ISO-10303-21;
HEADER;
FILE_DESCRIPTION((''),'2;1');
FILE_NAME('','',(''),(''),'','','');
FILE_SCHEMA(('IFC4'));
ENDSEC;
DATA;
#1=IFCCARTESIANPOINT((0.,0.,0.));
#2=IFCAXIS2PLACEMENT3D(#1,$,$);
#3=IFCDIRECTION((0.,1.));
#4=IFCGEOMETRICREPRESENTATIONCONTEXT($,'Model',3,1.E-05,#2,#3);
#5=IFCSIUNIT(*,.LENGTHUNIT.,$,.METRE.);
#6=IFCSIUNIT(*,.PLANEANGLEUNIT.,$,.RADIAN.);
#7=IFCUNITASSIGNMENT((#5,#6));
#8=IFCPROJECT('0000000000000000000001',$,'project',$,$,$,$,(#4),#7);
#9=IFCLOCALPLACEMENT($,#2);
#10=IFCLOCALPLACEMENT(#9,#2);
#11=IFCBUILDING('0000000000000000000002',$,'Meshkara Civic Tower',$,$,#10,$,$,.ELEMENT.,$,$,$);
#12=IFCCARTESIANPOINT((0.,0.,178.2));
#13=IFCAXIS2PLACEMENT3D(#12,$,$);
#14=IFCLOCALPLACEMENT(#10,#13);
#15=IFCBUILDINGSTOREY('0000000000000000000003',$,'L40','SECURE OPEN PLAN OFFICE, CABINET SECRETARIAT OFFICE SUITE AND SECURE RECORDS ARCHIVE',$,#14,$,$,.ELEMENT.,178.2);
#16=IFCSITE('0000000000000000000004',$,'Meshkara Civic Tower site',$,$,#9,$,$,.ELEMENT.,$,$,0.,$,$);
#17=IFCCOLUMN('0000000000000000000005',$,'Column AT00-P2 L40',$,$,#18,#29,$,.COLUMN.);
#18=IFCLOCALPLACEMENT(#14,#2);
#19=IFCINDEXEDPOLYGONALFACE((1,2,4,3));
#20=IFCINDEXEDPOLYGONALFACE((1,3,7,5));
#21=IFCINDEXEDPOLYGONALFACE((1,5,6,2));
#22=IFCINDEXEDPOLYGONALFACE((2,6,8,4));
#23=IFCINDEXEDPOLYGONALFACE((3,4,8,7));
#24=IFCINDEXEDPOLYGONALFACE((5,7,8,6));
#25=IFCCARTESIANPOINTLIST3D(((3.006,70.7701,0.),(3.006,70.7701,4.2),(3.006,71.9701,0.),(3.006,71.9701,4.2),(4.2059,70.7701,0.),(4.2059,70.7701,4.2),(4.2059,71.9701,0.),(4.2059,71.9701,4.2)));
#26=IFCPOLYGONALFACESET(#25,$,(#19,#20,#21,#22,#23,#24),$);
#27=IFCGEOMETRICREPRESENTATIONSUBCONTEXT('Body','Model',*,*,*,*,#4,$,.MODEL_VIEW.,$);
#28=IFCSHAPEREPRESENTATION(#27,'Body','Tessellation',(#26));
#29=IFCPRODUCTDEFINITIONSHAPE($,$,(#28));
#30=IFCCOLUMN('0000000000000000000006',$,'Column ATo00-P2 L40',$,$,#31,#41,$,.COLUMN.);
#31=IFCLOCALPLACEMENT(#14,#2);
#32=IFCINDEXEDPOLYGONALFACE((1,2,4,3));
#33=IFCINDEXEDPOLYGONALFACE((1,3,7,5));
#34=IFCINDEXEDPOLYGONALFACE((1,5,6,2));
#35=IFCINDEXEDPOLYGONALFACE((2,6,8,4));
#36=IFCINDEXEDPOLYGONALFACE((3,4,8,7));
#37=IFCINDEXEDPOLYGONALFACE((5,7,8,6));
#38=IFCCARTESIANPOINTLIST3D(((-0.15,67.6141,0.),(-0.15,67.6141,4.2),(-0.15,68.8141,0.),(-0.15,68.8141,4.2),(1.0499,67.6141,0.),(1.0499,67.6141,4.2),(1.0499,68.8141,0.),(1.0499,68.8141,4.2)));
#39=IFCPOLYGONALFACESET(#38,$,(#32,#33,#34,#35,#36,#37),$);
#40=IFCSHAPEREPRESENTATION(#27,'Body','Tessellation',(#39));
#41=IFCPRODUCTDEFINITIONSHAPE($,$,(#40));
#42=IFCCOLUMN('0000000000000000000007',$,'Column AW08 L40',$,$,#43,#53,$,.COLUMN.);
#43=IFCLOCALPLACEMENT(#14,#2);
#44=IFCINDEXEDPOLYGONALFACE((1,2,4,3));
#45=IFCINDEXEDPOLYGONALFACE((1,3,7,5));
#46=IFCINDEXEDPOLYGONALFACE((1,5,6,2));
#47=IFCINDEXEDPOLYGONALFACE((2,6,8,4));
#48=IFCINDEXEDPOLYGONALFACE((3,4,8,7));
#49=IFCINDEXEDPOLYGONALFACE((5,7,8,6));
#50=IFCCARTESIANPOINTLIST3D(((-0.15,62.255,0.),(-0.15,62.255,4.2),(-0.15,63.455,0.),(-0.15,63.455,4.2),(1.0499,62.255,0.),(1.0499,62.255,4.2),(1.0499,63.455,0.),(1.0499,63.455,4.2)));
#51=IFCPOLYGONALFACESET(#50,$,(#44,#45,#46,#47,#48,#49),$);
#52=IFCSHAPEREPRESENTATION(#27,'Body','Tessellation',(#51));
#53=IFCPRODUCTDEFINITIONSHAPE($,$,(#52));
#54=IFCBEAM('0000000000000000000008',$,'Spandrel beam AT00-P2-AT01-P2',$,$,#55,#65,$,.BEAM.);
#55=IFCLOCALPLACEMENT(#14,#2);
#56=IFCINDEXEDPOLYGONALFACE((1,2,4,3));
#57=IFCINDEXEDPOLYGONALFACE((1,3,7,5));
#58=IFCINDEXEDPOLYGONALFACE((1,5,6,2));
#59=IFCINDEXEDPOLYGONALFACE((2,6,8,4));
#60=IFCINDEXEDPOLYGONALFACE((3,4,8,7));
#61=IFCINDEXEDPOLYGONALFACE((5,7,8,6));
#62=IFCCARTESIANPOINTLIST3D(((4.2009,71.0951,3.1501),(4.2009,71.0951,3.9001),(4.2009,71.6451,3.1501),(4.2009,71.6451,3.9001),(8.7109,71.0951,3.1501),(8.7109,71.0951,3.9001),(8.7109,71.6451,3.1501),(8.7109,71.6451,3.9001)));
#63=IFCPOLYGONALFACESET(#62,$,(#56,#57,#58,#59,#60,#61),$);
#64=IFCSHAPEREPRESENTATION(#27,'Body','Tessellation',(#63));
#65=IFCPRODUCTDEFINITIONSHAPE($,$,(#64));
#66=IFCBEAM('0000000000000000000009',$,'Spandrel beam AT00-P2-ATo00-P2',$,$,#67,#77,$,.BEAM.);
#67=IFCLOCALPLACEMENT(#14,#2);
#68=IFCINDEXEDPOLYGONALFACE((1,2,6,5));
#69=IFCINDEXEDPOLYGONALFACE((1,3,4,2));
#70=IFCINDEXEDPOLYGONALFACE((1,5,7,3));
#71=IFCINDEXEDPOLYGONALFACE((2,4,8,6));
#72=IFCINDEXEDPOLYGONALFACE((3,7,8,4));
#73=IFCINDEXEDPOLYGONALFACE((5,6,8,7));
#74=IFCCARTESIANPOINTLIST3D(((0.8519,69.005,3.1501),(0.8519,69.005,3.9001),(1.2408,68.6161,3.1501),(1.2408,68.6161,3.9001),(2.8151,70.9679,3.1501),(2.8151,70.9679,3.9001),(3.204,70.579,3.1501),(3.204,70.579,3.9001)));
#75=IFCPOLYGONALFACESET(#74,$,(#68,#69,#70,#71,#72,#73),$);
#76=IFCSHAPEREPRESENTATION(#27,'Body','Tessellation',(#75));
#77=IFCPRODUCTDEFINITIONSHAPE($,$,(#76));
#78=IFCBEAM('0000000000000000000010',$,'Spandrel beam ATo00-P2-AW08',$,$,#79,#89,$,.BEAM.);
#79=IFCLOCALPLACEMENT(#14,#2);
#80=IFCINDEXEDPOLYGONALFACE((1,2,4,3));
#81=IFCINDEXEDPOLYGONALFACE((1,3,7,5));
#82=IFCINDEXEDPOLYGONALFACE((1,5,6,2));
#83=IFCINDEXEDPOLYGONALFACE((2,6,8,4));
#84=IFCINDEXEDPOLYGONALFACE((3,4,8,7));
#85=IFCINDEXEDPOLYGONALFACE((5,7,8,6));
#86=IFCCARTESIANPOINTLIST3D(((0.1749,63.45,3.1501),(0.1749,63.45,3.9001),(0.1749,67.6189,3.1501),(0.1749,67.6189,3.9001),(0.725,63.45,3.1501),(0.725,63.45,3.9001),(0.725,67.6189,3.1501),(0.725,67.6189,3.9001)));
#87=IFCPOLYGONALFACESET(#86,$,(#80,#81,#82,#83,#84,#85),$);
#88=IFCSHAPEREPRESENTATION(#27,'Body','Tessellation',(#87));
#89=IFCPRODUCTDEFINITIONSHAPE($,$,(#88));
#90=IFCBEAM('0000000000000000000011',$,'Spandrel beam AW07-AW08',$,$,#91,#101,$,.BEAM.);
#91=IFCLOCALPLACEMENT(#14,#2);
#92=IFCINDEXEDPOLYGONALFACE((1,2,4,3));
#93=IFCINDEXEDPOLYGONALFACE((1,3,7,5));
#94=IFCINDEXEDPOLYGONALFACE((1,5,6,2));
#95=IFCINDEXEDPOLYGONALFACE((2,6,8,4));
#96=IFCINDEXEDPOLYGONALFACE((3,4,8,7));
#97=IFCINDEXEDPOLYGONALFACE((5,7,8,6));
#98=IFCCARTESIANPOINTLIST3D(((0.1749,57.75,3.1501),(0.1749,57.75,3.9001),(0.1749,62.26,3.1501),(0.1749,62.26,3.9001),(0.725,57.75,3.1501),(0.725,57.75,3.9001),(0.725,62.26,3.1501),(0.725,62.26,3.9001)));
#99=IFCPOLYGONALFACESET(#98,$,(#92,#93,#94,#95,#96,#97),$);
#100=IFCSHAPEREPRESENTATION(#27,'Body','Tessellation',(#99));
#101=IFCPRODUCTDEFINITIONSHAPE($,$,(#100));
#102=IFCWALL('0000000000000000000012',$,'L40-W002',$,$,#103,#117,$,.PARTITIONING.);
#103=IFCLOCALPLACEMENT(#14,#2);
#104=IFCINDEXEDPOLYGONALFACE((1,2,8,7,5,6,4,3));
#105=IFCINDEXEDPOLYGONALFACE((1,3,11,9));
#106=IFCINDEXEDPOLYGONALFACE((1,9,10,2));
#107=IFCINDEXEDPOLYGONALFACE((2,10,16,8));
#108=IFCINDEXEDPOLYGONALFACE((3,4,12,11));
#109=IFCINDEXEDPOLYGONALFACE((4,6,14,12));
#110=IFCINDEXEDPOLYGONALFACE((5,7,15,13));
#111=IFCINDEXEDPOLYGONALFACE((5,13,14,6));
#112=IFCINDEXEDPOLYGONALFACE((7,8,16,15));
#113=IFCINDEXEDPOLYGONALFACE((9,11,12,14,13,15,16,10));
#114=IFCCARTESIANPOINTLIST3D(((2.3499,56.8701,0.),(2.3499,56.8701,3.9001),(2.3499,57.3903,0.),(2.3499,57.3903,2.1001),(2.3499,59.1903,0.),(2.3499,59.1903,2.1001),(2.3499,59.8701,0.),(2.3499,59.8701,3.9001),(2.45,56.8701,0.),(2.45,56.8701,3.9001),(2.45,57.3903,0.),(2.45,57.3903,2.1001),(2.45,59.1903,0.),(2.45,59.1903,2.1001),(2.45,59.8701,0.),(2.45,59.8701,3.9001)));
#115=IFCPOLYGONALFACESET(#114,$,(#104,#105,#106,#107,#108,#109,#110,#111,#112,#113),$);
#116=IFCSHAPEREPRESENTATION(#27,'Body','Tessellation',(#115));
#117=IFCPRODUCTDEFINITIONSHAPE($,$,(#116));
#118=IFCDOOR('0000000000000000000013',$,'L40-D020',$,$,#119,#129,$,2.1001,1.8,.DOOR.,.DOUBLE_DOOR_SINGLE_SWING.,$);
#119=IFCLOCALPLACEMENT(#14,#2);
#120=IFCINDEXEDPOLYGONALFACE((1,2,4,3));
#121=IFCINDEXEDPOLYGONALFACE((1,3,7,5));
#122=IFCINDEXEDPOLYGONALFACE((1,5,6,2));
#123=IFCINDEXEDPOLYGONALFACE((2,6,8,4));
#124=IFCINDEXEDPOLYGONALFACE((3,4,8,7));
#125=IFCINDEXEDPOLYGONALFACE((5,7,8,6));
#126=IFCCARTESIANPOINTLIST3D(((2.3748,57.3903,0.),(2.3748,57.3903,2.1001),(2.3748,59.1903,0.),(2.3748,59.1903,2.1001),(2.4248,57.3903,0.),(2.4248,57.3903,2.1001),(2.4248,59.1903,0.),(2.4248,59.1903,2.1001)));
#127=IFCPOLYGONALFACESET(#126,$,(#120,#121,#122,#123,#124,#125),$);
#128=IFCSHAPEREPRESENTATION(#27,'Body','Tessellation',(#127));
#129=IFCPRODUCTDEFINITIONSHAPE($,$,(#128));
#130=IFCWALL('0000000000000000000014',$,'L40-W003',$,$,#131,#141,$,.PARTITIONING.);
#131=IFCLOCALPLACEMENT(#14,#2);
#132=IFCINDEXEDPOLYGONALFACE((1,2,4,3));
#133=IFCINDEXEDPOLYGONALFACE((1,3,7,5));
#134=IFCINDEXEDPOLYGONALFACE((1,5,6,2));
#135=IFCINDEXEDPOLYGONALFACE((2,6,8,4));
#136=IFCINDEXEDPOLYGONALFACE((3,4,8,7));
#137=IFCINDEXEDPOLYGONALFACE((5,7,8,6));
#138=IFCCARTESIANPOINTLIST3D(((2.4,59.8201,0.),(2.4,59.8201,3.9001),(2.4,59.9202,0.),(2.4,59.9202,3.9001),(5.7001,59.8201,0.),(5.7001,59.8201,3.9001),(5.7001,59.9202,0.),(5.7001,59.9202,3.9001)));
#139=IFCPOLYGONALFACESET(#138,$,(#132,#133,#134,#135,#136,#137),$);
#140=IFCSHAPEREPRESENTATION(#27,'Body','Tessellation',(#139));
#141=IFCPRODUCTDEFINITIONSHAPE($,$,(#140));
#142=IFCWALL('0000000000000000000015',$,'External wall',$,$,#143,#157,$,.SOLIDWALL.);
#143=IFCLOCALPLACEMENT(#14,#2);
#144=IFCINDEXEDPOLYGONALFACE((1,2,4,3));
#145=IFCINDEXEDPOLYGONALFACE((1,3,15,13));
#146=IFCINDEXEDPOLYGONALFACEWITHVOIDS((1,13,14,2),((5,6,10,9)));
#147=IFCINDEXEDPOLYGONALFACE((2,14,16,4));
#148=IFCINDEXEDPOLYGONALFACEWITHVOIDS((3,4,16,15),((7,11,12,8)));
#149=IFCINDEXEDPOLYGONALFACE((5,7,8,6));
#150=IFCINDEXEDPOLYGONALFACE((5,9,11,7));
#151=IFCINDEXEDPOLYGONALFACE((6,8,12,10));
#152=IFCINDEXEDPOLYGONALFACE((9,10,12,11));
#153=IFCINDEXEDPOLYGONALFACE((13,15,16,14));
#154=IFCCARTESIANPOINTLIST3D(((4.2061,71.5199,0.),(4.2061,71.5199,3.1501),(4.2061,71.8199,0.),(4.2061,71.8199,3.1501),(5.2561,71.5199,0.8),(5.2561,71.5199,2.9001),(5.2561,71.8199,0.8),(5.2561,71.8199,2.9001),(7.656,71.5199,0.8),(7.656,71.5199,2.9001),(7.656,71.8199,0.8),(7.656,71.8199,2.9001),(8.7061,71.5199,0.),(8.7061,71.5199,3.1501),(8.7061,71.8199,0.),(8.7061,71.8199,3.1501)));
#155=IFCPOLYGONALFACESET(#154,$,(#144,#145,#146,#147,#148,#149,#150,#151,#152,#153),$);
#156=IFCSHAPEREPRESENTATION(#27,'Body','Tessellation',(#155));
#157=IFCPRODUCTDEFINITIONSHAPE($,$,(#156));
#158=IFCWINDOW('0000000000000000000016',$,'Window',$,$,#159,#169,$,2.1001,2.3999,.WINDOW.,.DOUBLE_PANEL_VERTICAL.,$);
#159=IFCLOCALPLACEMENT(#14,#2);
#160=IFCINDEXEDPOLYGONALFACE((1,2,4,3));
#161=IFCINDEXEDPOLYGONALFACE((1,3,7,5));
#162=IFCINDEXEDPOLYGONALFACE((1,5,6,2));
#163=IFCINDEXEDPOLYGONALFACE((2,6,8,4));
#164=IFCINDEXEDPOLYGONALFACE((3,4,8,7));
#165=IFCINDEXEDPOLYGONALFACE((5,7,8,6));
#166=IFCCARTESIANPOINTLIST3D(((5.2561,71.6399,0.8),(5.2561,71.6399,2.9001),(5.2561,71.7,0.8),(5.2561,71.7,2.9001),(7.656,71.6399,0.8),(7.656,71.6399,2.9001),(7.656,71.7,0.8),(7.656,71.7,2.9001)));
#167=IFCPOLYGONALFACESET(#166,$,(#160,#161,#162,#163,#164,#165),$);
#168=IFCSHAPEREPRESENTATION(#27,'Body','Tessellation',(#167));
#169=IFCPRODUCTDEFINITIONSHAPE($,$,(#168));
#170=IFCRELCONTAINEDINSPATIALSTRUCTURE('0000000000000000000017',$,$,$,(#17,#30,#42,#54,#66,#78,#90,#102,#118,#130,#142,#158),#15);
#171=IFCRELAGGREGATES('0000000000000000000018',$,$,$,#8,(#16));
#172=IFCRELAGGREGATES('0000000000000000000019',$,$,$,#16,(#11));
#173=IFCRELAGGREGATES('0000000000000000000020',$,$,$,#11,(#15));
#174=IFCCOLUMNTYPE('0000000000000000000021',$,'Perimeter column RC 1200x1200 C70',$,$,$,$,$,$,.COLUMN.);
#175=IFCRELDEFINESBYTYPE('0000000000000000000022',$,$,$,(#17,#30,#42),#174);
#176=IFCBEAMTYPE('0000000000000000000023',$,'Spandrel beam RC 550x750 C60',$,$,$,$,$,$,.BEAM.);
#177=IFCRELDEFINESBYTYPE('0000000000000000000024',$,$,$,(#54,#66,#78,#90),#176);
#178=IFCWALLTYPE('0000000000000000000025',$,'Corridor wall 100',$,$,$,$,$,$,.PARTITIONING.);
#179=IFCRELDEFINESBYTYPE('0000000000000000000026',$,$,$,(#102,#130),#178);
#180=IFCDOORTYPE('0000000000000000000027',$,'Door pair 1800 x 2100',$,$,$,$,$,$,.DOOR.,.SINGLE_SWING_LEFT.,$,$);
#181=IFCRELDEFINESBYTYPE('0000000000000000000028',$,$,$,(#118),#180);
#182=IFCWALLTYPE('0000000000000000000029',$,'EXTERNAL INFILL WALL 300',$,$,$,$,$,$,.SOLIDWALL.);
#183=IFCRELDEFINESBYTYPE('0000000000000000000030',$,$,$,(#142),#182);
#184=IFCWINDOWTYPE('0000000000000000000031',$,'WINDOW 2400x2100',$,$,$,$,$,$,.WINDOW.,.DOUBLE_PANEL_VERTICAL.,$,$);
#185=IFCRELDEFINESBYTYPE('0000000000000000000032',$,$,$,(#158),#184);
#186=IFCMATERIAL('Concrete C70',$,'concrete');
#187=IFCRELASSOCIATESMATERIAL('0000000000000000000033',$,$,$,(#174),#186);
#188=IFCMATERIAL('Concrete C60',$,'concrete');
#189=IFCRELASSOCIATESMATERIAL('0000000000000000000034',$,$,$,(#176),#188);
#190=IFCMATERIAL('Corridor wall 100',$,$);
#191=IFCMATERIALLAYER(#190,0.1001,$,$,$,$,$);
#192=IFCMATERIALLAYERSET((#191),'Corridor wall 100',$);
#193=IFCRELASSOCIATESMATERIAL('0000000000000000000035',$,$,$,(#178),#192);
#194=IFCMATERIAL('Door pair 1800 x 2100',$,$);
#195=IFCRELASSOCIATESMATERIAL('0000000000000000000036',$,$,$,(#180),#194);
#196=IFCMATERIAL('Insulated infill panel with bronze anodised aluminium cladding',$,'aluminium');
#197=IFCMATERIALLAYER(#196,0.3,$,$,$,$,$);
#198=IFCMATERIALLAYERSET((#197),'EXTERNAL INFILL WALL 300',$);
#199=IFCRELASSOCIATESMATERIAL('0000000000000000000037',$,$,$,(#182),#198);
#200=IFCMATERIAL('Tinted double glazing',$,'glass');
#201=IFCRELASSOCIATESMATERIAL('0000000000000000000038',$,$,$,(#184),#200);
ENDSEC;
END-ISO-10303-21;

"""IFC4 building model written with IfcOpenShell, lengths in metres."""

from ifc_helpers import new_model, si_unit, direction, frame, frame_2d, origin, origin_2d, place, context, subcontext, project, spatial, rectangle, extrude, material, layer, layer_set, material_profile, profile_set, type_object, element, fill, save


model = new_model("IFC4")

# Units and contexts
model_context = context("Model", 3, precision=1e-05, world=origin(), true_north=direction((0.0, 1.0)))
body_context = subcontext(model_context, "Body", "Model", "MODEL_VIEW")
ifc_project = project(units=[si_unit("LENGTHUNIT", "METRE"), si_unit("PLANEANGLEUNIT", "RADIAN")], contexts=[model_context])

# Site, building, storey
site_placement = place(None, origin())
site = spatial("IfcSite", under=ifc_project, at=site_placement, Name="Meshkara Civic Tower site", CompositionType="ELEMENT", RefElevation=0.0)
building_placement = place(site_placement, origin())
building = spatial("IfcBuilding", under=site, at=building_placement, Name="Meshkara Civic Tower", CompositionType="ELEMENT")
storey_placement = place(building_placement, frame((0.0, 0.0, 178.2)))
storey = spatial("IfcBuildingStorey", under=building, at=storey_placement, Name="L40", Description="SECURE OPEN PLAN OFFICE, CABINET SECRETARIAT OFFICE SUITE AND SECURE RECORDS ARCHIVE", CompositionType="ELEMENT", Elevation=178.2)

# Columns
ifc_material_1 = material(Name="Concrete C70", Category="concrete")
ifc_material_profile_1 = material_profile(ifc_material_1, rectangle(XDim=1.2, YDim=1.2, at=origin_2d()))
ifc_profile_set_1 = profile_set([ifc_material_profile_1], Name="Concrete C70")
column_type = type_object("IfcColumnType", Name="Perimeter column RC 1200x1200 C70", PredefinedType="COLUMN", material=ifc_profile_set_1)
for number, where, z_axis, x_axis, name in (
    (1, (3.606, 71.3701, 0.0), (0.0, 0.0, 1.0), (1.0, 0.0, 0.0), "Column AT00-P2 L40"),
    (2, (0.45, 68.2141, 0.0), (0.0, 0.0, 1.0), (1.0, 0.0, 0.0), "Column ATo00-P2 L40"),
    (3, (0.45, 62.855, 0.0), (0.0, 0.0, 1.0), (1.0, 0.0, 0.0), "Column AW08 L40"),
):
    element("IfcColumn", number, at=place(storey_placement, frame(where, z_axis=z_axis, x_axis=x_axis)), inside=storey, type_object=column_type, Name=name, PredefinedType="COLUMN", context=body_context, shape_type="SweptSolid", body=[
        extrude(rectangle(XDim=1.2, YDim=1.2, at=origin_2d()), origin(), (0.0, 0.0, 1.0), 4.2),
    ])

# Beams
ifc_material_2 = material(Name="Concrete C60", Category="concrete")
ifc_material_profile_2 = material_profile(ifc_material_2, rectangle(XDim=0.55, YDim=0.75, at=origin_2d()))
ifc_profile_set_2 = profile_set([ifc_material_profile_2], Name="Concrete C60")
beam_type = type_object("IfcBeamType", Name="Spandrel beam RC 550x750 C60", PredefinedType="BEAM", material=ifc_profile_set_2)
beam_1_placement = place(storey_placement, frame((8.7109, 71.3701, 3.5251), z_axis=(-1.0, 0.0, 0.0), x_axis=(0.0, -1.0, 0.0)))
element("IfcBeam", 4, at=beam_1_placement, inside=storey, type_object=beam_type, Name="Spandrel beam AT00-P2-AT01-P2", PredefinedType="BEAM", context=body_context, shape_type="SweptSolid", body=[
    extrude(rectangle(XDim=0.55, YDim=0.75, at=origin_2d()), origin(), (0.0, 0.0, 1.0), 4.51),
])
beam_2_placement = place(storey_placement, frame((3.0095, 70.7734, 3.5251), z_axis=(-0.707151, -0.707063, 0.0), x_axis=(0.707063, -0.707151, 0.0)))
element("IfcBeam", 5, at=beam_2_placement, inside=storey, type_object=beam_type, Name="Spandrel beam AT00-P2-ATo00-P2", PredefinedType="BEAM", context=body_context, shape_type="SweptSolid", body=[
    extrude(rectangle(XDim=0.55, YDim=0.75, at=origin_2d()), origin(), (0.0, 0.0, 1.0), 2.7761),
])
beam_3_placement = place(storey_placement, frame((0.45, 67.6189, 3.5251), z_axis=(0.0, -1.0, 0.0), x_axis=(1.0, 0.0, 0.0)))
element("IfcBeam", 6, at=beam_3_placement, inside=storey, type_object=beam_type, Name="Spandrel beam ATo00-P2-AW08", PredefinedType="BEAM", context=body_context, shape_type="SweptSolid", body=[
    extrude(rectangle(XDim=0.55, YDim=0.75, at=origin_2d()), origin(), (0.0, 0.0, 1.0), 4.1689),
])
beam_4_placement = place(storey_placement, frame((0.45, 62.26, 3.5251), z_axis=(0.0, -1.0, 0.0), x_axis=(1.0, 0.0, 0.0)))
element("IfcBeam", 7, at=beam_4_placement, inside=storey, type_object=beam_type, Name="Spandrel beam AW07-AW08", PredefinedType="BEAM", context=body_context, shape_type="SweptSolid", body=[
    extrude(rectangle(XDim=0.55, YDim=0.75, at=origin_2d()), origin(), (0.0, 0.0, 1.0), 4.51),
])

# Wall, opening, door
ifc_material_3 = material(Name="Corridor wall 100")
ifc_layer_1 = layer(ifc_material_3, 0.1001)
ifc_layer_set_1 = layer_set([ifc_layer_1], Name="Corridor wall 100")
wall_type_1 = type_object("IfcWallType", Name="Corridor wall 100", PredefinedType="PARTITIONING", material=ifc_layer_set_1)
wall_1_placement = place(storey_placement, frame((2.3999, 59.8701, 0.0), z_axis=(0.0, 0.0, 1.0), x_axis=(0.0, -1.0, 0.0)))
wall_1 = element("IfcWall", 8, at=wall_1_placement, inside=storey, type_object=wall_type_1, Name="L40-W002", PredefinedType="PARTITIONING", context=body_context, shape_type="SweptSolid", body=[
    extrude(rectangle(XDim=3.0, YDim=0.1001, at=frame_2d((1.5, 0.0))), origin(), (0.0, 0.0, 1.0), 3.9001),
])
opening_1_placement = place(wall_1_placement, frame((0.6799, 0.0, 0.0)))
opening_1 = element("IfcOpeningElement", 9, at=opening_1_placement, cuts=wall_1, PredefinedType="OPENING", context=body_context, shape_type="SweptSolid", body=[
    extrude(rectangle(XDim=1.8, YDim=2.1001, at=frame_2d((0.8999, 1.05))), frame((0.0, 0.0601, 0.0), z_axis=(0.0, -1.0, 0.0), x_axis=(1.0, 0.0, 0.0)), (0.0, 0.0, 1.0), 0.1201),
])
ifc_material_4 = material(Name="Door pair 1800 x 2100")
door_type_1 = type_object("IfcDoorType", Name="Door pair 1800 x 2100", OperationType="SINGLE_SWING_LEFT", PredefinedType="DOOR", material=ifc_material_4)
door_1_placement = place(opening_1_placement, origin())
door_1 = element("IfcDoor", 10, at=door_1_placement, inside=storey, type_object=door_type_1, Name="L40-D020", OperationType="DOUBLE_DOOR_SINGLE_SWING", OverallHeight=2.1001, OverallWidth=1.8, PredefinedType="DOOR", context=body_context, shape_type="SweptSolid", body=[
    extrude(rectangle(XDim=1.8, YDim=2.1001, at=frame_2d((0.8999, 1.05))), frame((0.0, 0.0249, 0.0), z_axis=(0.0, -1.0, 0.0), x_axis=(1.0, 0.0, 0.0)), (0.0, 0.0, 1.0), 0.05),
])
fill(opening_1, door_1)

# Wall
wall_2_placement = place(storey_placement, frame((5.7, 59.8701, 0.0), z_axis=(0.0, 0.0, 1.0), x_axis=(-1.0, 0.0, 0.0)))
element("IfcWall", 11, at=wall_2_placement, inside=storey, type_object=wall_type_1, Name="L40-W003", PredefinedType="PARTITIONING", context=body_context, shape_type="SweptSolid", body=[
    extrude(rectangle(XDim=3.3, YDim=0.1001, at=frame_2d((1.6499, 0.0))), origin(), (0.0, 0.0, 1.0), 3.9001),
])

# Wall, opening, window
ifc_material_5 = material(Name="Insulated infill panel with bronze anodised aluminium cladding", Category="aluminium")
ifc_layer_2 = layer(ifc_material_5, 0.3)
ifc_layer_set_2 = layer_set([ifc_layer_2], Name="EXTERNAL INFILL WALL 300")
wall_type_2 = type_object("IfcWallType", Name="EXTERNAL INFILL WALL 300", PredefinedType="SOLIDWALL", material=ifc_layer_set_2)
wall_3_placement = place(storey_placement, frame((8.7061, 71.6699, 0.0), z_axis=(0.0, 0.0, 1.0), x_axis=(-1.0, 0.0, 0.0)))
wall_3 = element("IfcWall", 12, at=wall_3_placement, inside=storey, type_object=wall_type_2, Name="External wall", PredefinedType="SOLIDWALL", context=body_context, shape_type="SweptSolid", body=[
    extrude(rectangle(XDim=4.5, YDim=0.3, at=frame_2d((2.25, 0.0))), origin(), (0.0, 0.0, 1.0), 3.1501),
])
opening_2_placement = place(wall_3_placement, frame((1.05, 0.0, 0.8)))
opening_2 = element("IfcOpeningElement", 13, at=opening_2_placement, cuts=wall_3, PredefinedType="OPENING", context=body_context, shape_type="SweptSolid", body=[
    extrude(rectangle(XDim=2.3999, YDim=2.1001, at=frame_2d((1.2, 1.05))), frame((0.0, 0.1599, 0.0), z_axis=(0.0, -1.0, 0.0), x_axis=(1.0, 0.0, 0.0)), (0.0, 0.0, 1.0), 0.3201),
])
ifc_material_6 = material(Name="Tinted double glazing", Category="glass")
window_type_1 = type_object("IfcWindowType", Name="WINDOW 2400x2100", PartitioningType="DOUBLE_PANEL_VERTICAL", PredefinedType="WINDOW", material=ifc_material_6)
window_1_placement = place(opening_2_placement, origin())
window_1 = element("IfcWindow", 14, at=window_1_placement, inside=storey, type_object=window_type_1, Name="Window", OverallHeight=2.1001, OverallWidth=2.3999, PartitioningType="DOUBLE_PANEL_VERTICAL", PredefinedType="WINDOW", context=body_context, shape_type="SweptSolid", body=[
    extrude(rectangle(XDim=2.3999, YDim=2.1001, at=frame_2d((1.2, 1.05))), frame((0.0, 0.03, 0.0), z_axis=(0.0, -1.0, 0.0), x_axis=(1.0, 0.0, 0.0)), (0.0, 0.0, 1.0), 0.0601),
])
fill(opening_2, window_1)

save(model, "model.ifc")
